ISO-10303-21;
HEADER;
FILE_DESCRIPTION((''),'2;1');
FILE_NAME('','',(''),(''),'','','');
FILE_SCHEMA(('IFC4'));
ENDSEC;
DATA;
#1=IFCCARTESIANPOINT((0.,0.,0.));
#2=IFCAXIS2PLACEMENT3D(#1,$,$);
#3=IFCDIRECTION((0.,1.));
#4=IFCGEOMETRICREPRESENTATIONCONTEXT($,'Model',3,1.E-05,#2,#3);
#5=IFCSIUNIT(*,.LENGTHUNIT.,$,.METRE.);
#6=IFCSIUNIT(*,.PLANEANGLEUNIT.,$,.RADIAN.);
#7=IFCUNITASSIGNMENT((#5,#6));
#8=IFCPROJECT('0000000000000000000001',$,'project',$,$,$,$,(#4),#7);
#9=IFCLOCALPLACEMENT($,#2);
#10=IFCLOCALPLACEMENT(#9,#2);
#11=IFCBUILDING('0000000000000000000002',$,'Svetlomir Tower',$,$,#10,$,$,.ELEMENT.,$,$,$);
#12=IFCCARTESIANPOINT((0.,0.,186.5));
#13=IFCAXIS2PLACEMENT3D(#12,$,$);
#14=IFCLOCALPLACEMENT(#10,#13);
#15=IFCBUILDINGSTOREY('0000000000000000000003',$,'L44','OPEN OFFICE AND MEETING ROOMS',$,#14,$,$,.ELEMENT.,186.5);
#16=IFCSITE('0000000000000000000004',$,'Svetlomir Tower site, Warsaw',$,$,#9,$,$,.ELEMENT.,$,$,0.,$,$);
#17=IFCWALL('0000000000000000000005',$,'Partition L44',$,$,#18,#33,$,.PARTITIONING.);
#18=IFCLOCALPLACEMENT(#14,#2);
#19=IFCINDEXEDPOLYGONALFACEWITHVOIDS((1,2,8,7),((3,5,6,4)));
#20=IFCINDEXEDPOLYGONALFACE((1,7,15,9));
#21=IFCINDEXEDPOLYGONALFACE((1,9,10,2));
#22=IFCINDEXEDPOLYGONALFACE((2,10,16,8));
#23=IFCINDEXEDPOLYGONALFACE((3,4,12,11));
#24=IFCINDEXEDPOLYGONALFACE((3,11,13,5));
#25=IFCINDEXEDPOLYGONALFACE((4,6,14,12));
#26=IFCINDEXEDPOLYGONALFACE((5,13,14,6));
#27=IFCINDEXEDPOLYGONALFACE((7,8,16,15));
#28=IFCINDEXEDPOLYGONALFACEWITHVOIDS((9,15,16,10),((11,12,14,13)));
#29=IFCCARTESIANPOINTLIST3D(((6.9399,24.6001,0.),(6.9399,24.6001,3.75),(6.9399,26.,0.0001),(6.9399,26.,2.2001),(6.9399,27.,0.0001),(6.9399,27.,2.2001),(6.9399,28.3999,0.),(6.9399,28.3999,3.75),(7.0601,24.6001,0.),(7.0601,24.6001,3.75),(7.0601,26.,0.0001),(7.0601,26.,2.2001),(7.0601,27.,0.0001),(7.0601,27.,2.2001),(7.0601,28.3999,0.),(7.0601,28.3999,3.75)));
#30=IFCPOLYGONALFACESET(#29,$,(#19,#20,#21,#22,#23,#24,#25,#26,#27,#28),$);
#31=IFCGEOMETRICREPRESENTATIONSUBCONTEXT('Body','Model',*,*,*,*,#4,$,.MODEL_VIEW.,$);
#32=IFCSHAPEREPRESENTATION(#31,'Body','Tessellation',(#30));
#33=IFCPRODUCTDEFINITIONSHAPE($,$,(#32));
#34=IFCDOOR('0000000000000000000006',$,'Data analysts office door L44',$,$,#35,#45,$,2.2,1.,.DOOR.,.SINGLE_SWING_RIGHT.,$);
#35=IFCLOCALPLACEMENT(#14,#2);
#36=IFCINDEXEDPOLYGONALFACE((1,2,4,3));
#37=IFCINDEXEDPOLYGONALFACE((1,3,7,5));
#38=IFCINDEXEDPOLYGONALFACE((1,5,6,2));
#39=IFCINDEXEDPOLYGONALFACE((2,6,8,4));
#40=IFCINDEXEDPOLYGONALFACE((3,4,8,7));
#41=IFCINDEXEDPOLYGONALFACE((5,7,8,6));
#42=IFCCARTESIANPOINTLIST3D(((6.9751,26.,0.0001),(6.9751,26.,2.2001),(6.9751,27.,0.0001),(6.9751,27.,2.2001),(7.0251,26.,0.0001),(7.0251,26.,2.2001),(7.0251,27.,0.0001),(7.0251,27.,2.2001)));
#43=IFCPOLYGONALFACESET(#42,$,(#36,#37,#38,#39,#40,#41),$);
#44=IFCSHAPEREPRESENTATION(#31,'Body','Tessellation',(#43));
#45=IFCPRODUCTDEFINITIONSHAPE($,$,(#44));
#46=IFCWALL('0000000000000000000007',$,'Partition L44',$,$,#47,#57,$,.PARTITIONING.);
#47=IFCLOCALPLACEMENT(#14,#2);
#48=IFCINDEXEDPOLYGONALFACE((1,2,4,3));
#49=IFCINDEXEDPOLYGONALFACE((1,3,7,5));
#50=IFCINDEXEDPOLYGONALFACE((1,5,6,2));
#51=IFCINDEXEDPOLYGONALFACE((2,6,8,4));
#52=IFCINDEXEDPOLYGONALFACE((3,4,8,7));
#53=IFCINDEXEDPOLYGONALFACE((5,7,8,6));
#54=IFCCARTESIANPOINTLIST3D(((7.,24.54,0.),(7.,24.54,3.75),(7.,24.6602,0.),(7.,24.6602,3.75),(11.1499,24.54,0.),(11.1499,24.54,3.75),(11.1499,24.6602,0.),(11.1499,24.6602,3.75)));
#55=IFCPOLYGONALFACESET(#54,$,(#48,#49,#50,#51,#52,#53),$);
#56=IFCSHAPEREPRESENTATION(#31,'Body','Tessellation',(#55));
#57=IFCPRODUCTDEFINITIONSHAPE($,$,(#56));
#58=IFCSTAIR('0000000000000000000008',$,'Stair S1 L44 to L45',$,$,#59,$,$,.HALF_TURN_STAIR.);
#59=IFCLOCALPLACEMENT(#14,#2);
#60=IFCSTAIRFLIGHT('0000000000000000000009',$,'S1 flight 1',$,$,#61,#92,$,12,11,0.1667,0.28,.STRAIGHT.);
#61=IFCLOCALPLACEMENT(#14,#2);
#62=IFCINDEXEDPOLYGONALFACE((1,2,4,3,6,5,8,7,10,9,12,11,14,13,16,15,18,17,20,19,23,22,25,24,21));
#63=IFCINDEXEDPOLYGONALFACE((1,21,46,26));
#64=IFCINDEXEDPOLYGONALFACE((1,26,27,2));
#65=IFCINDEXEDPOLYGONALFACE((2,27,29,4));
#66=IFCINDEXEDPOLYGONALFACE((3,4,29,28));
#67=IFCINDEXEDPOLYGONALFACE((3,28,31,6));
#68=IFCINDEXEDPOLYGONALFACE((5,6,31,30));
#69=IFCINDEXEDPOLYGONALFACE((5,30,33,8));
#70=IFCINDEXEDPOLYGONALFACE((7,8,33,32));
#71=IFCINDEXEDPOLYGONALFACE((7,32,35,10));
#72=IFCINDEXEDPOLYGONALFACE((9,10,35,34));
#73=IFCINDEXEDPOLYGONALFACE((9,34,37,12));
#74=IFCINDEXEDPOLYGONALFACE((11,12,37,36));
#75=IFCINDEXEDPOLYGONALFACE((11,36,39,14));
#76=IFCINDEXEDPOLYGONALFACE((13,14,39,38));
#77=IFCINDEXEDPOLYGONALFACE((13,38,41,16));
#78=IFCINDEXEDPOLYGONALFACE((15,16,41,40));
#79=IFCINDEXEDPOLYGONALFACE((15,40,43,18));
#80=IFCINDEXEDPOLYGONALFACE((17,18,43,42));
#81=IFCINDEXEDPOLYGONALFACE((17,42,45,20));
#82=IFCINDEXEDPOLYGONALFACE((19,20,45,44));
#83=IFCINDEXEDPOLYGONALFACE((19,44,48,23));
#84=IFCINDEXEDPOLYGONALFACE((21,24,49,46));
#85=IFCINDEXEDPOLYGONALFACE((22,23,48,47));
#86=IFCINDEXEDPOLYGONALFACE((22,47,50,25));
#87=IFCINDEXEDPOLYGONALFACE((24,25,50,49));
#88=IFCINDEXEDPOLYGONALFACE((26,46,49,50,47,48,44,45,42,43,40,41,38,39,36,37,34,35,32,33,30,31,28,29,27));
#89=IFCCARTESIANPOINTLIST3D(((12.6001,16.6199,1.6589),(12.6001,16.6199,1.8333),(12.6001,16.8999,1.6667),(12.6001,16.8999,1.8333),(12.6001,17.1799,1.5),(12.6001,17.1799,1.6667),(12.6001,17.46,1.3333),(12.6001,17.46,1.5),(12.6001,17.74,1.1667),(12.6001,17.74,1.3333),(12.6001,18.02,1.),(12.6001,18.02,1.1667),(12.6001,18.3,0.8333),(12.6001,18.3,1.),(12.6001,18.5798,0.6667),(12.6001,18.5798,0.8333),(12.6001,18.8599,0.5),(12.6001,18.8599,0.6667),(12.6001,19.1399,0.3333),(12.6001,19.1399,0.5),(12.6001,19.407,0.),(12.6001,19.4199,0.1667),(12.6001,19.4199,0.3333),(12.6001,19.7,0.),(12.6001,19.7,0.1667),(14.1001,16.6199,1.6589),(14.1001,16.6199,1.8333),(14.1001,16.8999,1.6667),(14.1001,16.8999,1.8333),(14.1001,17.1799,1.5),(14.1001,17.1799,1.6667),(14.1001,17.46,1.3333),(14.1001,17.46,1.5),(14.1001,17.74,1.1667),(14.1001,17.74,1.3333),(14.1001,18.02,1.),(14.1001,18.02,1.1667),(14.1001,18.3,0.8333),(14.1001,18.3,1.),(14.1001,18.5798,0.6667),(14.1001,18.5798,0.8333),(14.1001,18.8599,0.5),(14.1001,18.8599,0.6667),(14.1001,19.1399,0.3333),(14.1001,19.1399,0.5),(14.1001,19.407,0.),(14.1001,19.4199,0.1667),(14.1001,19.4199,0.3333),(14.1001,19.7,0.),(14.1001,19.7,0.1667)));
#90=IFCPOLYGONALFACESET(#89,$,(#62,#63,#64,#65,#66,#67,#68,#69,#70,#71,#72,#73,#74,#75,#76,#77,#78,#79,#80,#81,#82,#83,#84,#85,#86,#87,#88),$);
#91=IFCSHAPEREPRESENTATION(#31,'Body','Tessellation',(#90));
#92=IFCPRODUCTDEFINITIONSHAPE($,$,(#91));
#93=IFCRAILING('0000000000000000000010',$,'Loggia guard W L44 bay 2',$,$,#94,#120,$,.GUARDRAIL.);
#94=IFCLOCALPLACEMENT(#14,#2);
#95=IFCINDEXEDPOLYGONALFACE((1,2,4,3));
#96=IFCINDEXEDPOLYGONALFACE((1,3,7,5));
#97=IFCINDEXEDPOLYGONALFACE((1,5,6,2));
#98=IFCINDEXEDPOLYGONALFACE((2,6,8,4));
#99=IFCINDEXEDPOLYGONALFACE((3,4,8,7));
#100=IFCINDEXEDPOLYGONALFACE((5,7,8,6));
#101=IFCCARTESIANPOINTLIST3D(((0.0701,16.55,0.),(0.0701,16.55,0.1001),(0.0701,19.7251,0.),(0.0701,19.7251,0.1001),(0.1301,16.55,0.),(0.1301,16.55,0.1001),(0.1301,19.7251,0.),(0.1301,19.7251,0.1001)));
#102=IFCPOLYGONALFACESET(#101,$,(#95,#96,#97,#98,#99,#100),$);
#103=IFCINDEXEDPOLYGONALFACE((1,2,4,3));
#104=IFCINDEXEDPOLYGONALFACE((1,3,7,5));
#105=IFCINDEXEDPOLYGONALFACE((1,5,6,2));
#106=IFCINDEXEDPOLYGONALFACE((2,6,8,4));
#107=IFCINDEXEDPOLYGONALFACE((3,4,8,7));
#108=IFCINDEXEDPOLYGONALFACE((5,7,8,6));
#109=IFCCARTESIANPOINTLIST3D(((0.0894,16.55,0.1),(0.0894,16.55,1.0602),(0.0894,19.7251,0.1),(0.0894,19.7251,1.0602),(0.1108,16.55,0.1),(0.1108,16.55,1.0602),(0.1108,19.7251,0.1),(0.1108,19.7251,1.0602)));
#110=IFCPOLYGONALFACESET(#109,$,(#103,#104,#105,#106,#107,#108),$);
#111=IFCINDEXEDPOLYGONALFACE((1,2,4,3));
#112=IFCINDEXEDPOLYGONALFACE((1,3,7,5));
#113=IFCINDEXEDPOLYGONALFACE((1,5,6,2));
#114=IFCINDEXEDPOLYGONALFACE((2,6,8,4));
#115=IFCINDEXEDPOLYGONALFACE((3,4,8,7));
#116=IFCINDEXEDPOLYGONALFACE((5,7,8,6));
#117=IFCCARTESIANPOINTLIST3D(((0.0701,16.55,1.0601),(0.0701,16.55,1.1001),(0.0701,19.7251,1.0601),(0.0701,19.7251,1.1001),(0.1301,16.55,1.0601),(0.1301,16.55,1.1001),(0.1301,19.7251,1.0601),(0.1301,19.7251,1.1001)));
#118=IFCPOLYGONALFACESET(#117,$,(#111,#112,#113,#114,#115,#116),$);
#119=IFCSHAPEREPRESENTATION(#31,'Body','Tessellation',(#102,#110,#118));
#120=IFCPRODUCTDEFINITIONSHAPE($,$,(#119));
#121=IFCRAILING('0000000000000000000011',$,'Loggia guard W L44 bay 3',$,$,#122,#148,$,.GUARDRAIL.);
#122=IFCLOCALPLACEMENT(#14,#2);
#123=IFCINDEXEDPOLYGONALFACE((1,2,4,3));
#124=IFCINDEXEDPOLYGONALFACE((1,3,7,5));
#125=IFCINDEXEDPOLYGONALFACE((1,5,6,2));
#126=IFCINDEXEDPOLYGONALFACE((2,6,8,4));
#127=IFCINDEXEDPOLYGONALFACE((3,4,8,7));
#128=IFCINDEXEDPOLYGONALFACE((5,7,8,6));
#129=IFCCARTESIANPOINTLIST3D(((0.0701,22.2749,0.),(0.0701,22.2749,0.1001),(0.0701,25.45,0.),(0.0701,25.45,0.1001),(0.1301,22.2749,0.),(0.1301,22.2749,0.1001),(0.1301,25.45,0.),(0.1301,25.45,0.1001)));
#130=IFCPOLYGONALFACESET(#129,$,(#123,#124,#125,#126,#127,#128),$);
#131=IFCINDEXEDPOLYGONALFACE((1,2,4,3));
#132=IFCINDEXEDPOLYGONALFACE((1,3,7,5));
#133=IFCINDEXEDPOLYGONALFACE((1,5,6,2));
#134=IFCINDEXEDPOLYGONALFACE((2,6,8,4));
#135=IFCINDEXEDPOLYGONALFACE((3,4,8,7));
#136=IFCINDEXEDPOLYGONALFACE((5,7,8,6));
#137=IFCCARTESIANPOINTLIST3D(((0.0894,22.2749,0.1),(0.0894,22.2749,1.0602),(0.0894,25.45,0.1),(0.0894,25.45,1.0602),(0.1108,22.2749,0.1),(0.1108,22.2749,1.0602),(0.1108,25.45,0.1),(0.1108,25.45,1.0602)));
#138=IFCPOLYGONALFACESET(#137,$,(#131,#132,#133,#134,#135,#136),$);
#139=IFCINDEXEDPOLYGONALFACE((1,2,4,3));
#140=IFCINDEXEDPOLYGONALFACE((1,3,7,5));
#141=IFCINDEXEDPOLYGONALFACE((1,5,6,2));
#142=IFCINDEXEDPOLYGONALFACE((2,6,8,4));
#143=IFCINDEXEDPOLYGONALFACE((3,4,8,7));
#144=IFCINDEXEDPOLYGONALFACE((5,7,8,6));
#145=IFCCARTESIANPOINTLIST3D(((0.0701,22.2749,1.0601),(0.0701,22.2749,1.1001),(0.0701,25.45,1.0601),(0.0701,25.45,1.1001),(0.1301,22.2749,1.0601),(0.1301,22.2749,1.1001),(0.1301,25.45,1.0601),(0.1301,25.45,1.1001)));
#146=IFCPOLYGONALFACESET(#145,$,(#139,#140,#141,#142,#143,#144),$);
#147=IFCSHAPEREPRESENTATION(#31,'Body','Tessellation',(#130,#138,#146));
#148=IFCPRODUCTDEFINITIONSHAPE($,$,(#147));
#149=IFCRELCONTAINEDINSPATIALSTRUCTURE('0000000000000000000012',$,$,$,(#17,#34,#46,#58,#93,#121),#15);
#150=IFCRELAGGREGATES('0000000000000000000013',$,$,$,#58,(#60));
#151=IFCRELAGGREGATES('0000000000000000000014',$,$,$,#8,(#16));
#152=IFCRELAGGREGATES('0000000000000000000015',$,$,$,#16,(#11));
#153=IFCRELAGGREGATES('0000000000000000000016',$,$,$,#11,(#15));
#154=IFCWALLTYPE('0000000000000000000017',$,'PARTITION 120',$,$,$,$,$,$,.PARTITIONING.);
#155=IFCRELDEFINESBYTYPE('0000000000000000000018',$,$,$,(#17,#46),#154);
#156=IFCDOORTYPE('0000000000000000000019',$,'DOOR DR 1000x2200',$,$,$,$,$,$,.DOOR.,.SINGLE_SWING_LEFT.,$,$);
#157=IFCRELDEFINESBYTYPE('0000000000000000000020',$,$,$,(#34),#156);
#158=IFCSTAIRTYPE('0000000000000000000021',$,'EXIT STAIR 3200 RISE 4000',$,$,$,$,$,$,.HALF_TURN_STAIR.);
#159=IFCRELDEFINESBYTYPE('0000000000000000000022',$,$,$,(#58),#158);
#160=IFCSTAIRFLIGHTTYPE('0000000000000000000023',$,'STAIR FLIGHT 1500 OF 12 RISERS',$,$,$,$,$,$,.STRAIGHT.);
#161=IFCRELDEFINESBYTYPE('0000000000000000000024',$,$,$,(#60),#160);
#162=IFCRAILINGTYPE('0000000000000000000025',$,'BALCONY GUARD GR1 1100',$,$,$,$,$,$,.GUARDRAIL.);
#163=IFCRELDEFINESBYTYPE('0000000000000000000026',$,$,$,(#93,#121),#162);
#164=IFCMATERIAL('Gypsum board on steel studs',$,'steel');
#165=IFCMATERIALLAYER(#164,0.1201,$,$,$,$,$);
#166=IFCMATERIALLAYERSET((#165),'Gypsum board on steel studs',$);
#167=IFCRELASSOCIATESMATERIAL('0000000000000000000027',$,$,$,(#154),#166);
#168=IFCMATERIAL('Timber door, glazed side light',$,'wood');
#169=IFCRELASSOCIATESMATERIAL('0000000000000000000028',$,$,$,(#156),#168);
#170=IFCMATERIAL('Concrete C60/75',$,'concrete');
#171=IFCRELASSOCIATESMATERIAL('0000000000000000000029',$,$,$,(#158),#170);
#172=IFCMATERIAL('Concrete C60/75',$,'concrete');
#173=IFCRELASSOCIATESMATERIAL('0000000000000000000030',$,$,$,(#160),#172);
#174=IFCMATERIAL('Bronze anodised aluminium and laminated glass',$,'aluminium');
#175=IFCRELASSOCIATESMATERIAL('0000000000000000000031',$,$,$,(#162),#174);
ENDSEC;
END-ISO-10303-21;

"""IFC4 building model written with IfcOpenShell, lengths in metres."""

from ifc_helpers import new_model, si_unit, direction, frame, frame_2d, origin, origin_2d, place, context, subcontext, project, spatial, polyline, rectangle, outline, extrude, material, layer, layer_set, type_object, element, fill, aggregate, save


model = new_model("IFC4")

# Units and contexts
model_context = context("Model", 3, precision=1e-05, world=origin(), true_north=direction((0.0, 1.0)))
body_context = subcontext(model_context, "Body", "Model", "MODEL_VIEW")
ifc_project = project(units=[si_unit("LENGTHUNIT", "METRE"), si_unit("PLANEANGLEUNIT", "RADIAN")], contexts=[model_context])

# Site, building, storey
site_placement = place(None, origin())
site = spatial("IfcSite", under=ifc_project, at=site_placement, Name="Svetlomir Tower site, Warsaw", CompositionType="ELEMENT", RefElevation=0.0)
building_placement = place(site_placement, origin())
building = spatial("IfcBuilding", under=site, at=building_placement, Name="Svetlomir Tower", CompositionType="ELEMENT")
storey_placement = place(building_placement, frame((0.0, 0.0, 186.5)))
storey = spatial("IfcBuildingStorey", under=building, at=storey_placement, Name="L44", Description="OPEN OFFICE AND MEETING ROOMS", CompositionType="ELEMENT", Elevation=186.5)

# Shared definitions
ifc_material_1 = material(Name="Gypsum board on steel studs", Category="steel")
ifc_layer_1 = layer(ifc_material_1, 0.1201)
ifc_layer_set_1 = layer_set([ifc_layer_1], Name="Gypsum board on steel studs")
wall_type_1 = type_object("IfcWallType", Name="PARTITION 120", PredefinedType="PARTITIONING", material=ifc_layer_set_1)

# Wall, opening, door
wall_1_placement = place(storey_placement, frame((7.0, 24.6001, 0.0), z_axis=(0.0, 0.0, 1.0), x_axis=(0.0, 1.0, 0.0)))
wall_1 = element("IfcWall", 1, at=wall_1_placement, inside=storey, type_object=wall_type_1, Name="Partition L44", PredefinedType="PARTITIONING", context=body_context, shape_type="SweptSolid", body=[
    extrude(rectangle(XDim=3.7998, YDim=0.1201, at=frame_2d((1.8999, 0.0))), origin(), (0.0, 0.0, 1.0), 3.75),
])
opening_1_placement = place(wall_1_placement, frame((1.3999, 0.0, 0.0)))
opening_1 = element("IfcOpeningElement", 2, at=opening_1_placement, cuts=wall_1, PredefinedType="OPENING", context=body_context, shape_type="SweptSolid", body=[
    extrude(rectangle(XDim=1.0, YDim=2.2, at=frame_2d((0.5, 1.1001))), frame((0.0, 0.0701, 0.0), z_axis=(0.0, -1.0, 0.0), x_axis=(1.0, 0.0, 0.0)), (0.0, 0.0, 1.0), 0.1401),
])
ifc_material_2 = material(Name="Timber door, glazed side light", Category="wood")
door_type_1 = type_object("IfcDoorType", Name="DOOR DR 1000x2200", OperationType="SINGLE_SWING_LEFT", PredefinedType="DOOR", material=ifc_material_2)
door_1_placement = place(opening_1_placement, origin())
door_1 = element("IfcDoor", 3, at=door_1_placement, inside=storey, type_object=door_type_1, Name="Data analysts office door L44", OperationType="SINGLE_SWING_RIGHT", OverallHeight=2.2, OverallWidth=1.0, PredefinedType="DOOR", context=body_context, shape_type="SweptSolid", body=[
    extrude(rectangle(XDim=1.0, YDim=2.2, at=frame_2d((0.5, 1.1001))), frame((0.0, 0.0249, 0.0), z_axis=(0.0, -1.0, 0.0), x_axis=(1.0, 0.0, 0.0)), (0.0, 0.0, 1.0), 0.05),
])
fill(opening_1, door_1)

# Wall
wall_2_placement = place(storey_placement, frame((7.0, 24.6001, 0.0), z_axis=(0.0, 0.0, 1.0), x_axis=(1.0, 0.0, 0.0)))
element("IfcWall", 4, at=wall_2_placement, inside=storey, type_object=wall_type_1, Name="Partition L44", PredefinedType="PARTITIONING", context=body_context, shape_type="SweptSolid", body=[
    extrude(rectangle(XDim=4.1499, YDim=0.1201, at=frame_2d((2.075, 0.0))), origin(), (0.0, 0.0, 1.0), 3.75),
])

# Stair, stair flight
ifc_material_3 = material(Name="Concrete C60/75", Category="concrete")
stair_type = type_object("IfcStairType", Name="EXIT STAIR 3200 RISE 4000", PredefinedType="HALF_TURN_STAIR", material=ifc_material_3)
stair_placement = place(storey_placement, origin())
stair = element("IfcStair", 5, at=stair_placement, inside=storey, type_object=stair_type, Name="Stair S1 L44 to L45", PredefinedType="HALF_TURN_STAIR")
ifc_material_4 = material(Name="Concrete C60/75", Category="concrete")
stair_flight_type = type_object("IfcStairFlightType", Name="STAIR FLIGHT 1500 OF 12 RISERS", PredefinedType="STRAIGHT", material=ifc_material_4)
stair_flight_placement = place(storey_placement, frame((13.3501, 19.7, 0.0), z_axis=(0.0, 0.0, 1.0), x_axis=(0.0, -1.0, 0.0)))
stair_flight = element("IfcStairFlight", 6, at=stair_flight_placement, type_object=stair_flight_type, Name="S1 flight 1", NumberOfRisers=12, NumberOfTreads=11, PredefinedType="STRAIGHT", RiserHeight=0.1667, TreadLength=0.28, context=body_context, shape_type="SweptSolid", body=[
    extrude(outline(polyline([(0.0, 0.0), (0.0, 0.1667), (0.28, 0.1667), (0.28, 0.3333), (0.5601, 0.3333), (0.5601, 0.5), (0.8401, 0.5), (0.8401, 0.6667), (1.1201, 0.6667), (1.1201, 0.8333), (1.3999, 0.8333), (1.3999, 1.0), (1.6799, 1.0), (1.6799, 1.1667), (1.96, 1.1667), (1.96, 1.3333), (2.24, 1.3333), (2.24, 1.5), (2.52, 1.5), (2.52, 1.6667), (2.8, 1.6667), (2.8, 1.8333), (3.0801, 1.8333), (3.0801, 2.0), (3.0801, 1.6589), (0.293, 0.0), (0.0, 0.0)])), frame((0.0, 0.75, 0.0), z_axis=(0.0, -1.0, 0.0), x_axis=(1.0, 0.0, 0.0)), (0.0, 0.0, 1.0), 1.5),
])
aggregate(stair, [stair_flight])

# Railings
ifc_material_5 = material(Name="Bronze anodised aluminium and laminated glass", Category="aluminium")
railing_type_1 = type_object("IfcRailingType", Name="BALCONY GUARD GR1 1100", PredefinedType="GUARDRAIL", material=ifc_material_5)
for number, where, name in (
    (7, (0.1001, 16.55, 0.0), "Loggia guard W L44 bay 2"),
    (8, (0.1001, 22.2749, 0.0), "Loggia guard W L44 bay 3"),
):
    element("IfcRailing", number, at=place(storey_placement, frame(where)), inside=storey, type_object=railing_type_1, Name=name, PredefinedType="GUARDRAIL", context=body_context, shape_type="SweptSolid", body=[
        extrude(rectangle(XDim=0.0601, YDim=0.1001, at=origin_2d()), frame((0.0, 0.0, 0.05), z_axis=(0.0, 1.0, 0.0), x_axis=(-1.0, 0.0, 0.0)), (0.0, 0.0, 1.0), 3.175),
        extrude(rectangle(XDim=0.0215, YDim=0.9602, at=origin_2d()), frame((0.0, 0.0, 0.5801), z_axis=(0.0, 1.0, 0.0), x_axis=(-1.0, 0.0, 0.0)), (0.0, 0.0, 1.0), 3.175),
        extrude(rectangle(XDim=0.0601, YDim=0.04, at=origin_2d()), frame((0.0, 0.0, 1.0801), z_axis=(0.0, 1.0, 0.0), x_axis=(-1.0, 0.0, 0.0)), (0.0, 0.0, 1.0), 3.175),
    ])

save(model, "model.ifc")
